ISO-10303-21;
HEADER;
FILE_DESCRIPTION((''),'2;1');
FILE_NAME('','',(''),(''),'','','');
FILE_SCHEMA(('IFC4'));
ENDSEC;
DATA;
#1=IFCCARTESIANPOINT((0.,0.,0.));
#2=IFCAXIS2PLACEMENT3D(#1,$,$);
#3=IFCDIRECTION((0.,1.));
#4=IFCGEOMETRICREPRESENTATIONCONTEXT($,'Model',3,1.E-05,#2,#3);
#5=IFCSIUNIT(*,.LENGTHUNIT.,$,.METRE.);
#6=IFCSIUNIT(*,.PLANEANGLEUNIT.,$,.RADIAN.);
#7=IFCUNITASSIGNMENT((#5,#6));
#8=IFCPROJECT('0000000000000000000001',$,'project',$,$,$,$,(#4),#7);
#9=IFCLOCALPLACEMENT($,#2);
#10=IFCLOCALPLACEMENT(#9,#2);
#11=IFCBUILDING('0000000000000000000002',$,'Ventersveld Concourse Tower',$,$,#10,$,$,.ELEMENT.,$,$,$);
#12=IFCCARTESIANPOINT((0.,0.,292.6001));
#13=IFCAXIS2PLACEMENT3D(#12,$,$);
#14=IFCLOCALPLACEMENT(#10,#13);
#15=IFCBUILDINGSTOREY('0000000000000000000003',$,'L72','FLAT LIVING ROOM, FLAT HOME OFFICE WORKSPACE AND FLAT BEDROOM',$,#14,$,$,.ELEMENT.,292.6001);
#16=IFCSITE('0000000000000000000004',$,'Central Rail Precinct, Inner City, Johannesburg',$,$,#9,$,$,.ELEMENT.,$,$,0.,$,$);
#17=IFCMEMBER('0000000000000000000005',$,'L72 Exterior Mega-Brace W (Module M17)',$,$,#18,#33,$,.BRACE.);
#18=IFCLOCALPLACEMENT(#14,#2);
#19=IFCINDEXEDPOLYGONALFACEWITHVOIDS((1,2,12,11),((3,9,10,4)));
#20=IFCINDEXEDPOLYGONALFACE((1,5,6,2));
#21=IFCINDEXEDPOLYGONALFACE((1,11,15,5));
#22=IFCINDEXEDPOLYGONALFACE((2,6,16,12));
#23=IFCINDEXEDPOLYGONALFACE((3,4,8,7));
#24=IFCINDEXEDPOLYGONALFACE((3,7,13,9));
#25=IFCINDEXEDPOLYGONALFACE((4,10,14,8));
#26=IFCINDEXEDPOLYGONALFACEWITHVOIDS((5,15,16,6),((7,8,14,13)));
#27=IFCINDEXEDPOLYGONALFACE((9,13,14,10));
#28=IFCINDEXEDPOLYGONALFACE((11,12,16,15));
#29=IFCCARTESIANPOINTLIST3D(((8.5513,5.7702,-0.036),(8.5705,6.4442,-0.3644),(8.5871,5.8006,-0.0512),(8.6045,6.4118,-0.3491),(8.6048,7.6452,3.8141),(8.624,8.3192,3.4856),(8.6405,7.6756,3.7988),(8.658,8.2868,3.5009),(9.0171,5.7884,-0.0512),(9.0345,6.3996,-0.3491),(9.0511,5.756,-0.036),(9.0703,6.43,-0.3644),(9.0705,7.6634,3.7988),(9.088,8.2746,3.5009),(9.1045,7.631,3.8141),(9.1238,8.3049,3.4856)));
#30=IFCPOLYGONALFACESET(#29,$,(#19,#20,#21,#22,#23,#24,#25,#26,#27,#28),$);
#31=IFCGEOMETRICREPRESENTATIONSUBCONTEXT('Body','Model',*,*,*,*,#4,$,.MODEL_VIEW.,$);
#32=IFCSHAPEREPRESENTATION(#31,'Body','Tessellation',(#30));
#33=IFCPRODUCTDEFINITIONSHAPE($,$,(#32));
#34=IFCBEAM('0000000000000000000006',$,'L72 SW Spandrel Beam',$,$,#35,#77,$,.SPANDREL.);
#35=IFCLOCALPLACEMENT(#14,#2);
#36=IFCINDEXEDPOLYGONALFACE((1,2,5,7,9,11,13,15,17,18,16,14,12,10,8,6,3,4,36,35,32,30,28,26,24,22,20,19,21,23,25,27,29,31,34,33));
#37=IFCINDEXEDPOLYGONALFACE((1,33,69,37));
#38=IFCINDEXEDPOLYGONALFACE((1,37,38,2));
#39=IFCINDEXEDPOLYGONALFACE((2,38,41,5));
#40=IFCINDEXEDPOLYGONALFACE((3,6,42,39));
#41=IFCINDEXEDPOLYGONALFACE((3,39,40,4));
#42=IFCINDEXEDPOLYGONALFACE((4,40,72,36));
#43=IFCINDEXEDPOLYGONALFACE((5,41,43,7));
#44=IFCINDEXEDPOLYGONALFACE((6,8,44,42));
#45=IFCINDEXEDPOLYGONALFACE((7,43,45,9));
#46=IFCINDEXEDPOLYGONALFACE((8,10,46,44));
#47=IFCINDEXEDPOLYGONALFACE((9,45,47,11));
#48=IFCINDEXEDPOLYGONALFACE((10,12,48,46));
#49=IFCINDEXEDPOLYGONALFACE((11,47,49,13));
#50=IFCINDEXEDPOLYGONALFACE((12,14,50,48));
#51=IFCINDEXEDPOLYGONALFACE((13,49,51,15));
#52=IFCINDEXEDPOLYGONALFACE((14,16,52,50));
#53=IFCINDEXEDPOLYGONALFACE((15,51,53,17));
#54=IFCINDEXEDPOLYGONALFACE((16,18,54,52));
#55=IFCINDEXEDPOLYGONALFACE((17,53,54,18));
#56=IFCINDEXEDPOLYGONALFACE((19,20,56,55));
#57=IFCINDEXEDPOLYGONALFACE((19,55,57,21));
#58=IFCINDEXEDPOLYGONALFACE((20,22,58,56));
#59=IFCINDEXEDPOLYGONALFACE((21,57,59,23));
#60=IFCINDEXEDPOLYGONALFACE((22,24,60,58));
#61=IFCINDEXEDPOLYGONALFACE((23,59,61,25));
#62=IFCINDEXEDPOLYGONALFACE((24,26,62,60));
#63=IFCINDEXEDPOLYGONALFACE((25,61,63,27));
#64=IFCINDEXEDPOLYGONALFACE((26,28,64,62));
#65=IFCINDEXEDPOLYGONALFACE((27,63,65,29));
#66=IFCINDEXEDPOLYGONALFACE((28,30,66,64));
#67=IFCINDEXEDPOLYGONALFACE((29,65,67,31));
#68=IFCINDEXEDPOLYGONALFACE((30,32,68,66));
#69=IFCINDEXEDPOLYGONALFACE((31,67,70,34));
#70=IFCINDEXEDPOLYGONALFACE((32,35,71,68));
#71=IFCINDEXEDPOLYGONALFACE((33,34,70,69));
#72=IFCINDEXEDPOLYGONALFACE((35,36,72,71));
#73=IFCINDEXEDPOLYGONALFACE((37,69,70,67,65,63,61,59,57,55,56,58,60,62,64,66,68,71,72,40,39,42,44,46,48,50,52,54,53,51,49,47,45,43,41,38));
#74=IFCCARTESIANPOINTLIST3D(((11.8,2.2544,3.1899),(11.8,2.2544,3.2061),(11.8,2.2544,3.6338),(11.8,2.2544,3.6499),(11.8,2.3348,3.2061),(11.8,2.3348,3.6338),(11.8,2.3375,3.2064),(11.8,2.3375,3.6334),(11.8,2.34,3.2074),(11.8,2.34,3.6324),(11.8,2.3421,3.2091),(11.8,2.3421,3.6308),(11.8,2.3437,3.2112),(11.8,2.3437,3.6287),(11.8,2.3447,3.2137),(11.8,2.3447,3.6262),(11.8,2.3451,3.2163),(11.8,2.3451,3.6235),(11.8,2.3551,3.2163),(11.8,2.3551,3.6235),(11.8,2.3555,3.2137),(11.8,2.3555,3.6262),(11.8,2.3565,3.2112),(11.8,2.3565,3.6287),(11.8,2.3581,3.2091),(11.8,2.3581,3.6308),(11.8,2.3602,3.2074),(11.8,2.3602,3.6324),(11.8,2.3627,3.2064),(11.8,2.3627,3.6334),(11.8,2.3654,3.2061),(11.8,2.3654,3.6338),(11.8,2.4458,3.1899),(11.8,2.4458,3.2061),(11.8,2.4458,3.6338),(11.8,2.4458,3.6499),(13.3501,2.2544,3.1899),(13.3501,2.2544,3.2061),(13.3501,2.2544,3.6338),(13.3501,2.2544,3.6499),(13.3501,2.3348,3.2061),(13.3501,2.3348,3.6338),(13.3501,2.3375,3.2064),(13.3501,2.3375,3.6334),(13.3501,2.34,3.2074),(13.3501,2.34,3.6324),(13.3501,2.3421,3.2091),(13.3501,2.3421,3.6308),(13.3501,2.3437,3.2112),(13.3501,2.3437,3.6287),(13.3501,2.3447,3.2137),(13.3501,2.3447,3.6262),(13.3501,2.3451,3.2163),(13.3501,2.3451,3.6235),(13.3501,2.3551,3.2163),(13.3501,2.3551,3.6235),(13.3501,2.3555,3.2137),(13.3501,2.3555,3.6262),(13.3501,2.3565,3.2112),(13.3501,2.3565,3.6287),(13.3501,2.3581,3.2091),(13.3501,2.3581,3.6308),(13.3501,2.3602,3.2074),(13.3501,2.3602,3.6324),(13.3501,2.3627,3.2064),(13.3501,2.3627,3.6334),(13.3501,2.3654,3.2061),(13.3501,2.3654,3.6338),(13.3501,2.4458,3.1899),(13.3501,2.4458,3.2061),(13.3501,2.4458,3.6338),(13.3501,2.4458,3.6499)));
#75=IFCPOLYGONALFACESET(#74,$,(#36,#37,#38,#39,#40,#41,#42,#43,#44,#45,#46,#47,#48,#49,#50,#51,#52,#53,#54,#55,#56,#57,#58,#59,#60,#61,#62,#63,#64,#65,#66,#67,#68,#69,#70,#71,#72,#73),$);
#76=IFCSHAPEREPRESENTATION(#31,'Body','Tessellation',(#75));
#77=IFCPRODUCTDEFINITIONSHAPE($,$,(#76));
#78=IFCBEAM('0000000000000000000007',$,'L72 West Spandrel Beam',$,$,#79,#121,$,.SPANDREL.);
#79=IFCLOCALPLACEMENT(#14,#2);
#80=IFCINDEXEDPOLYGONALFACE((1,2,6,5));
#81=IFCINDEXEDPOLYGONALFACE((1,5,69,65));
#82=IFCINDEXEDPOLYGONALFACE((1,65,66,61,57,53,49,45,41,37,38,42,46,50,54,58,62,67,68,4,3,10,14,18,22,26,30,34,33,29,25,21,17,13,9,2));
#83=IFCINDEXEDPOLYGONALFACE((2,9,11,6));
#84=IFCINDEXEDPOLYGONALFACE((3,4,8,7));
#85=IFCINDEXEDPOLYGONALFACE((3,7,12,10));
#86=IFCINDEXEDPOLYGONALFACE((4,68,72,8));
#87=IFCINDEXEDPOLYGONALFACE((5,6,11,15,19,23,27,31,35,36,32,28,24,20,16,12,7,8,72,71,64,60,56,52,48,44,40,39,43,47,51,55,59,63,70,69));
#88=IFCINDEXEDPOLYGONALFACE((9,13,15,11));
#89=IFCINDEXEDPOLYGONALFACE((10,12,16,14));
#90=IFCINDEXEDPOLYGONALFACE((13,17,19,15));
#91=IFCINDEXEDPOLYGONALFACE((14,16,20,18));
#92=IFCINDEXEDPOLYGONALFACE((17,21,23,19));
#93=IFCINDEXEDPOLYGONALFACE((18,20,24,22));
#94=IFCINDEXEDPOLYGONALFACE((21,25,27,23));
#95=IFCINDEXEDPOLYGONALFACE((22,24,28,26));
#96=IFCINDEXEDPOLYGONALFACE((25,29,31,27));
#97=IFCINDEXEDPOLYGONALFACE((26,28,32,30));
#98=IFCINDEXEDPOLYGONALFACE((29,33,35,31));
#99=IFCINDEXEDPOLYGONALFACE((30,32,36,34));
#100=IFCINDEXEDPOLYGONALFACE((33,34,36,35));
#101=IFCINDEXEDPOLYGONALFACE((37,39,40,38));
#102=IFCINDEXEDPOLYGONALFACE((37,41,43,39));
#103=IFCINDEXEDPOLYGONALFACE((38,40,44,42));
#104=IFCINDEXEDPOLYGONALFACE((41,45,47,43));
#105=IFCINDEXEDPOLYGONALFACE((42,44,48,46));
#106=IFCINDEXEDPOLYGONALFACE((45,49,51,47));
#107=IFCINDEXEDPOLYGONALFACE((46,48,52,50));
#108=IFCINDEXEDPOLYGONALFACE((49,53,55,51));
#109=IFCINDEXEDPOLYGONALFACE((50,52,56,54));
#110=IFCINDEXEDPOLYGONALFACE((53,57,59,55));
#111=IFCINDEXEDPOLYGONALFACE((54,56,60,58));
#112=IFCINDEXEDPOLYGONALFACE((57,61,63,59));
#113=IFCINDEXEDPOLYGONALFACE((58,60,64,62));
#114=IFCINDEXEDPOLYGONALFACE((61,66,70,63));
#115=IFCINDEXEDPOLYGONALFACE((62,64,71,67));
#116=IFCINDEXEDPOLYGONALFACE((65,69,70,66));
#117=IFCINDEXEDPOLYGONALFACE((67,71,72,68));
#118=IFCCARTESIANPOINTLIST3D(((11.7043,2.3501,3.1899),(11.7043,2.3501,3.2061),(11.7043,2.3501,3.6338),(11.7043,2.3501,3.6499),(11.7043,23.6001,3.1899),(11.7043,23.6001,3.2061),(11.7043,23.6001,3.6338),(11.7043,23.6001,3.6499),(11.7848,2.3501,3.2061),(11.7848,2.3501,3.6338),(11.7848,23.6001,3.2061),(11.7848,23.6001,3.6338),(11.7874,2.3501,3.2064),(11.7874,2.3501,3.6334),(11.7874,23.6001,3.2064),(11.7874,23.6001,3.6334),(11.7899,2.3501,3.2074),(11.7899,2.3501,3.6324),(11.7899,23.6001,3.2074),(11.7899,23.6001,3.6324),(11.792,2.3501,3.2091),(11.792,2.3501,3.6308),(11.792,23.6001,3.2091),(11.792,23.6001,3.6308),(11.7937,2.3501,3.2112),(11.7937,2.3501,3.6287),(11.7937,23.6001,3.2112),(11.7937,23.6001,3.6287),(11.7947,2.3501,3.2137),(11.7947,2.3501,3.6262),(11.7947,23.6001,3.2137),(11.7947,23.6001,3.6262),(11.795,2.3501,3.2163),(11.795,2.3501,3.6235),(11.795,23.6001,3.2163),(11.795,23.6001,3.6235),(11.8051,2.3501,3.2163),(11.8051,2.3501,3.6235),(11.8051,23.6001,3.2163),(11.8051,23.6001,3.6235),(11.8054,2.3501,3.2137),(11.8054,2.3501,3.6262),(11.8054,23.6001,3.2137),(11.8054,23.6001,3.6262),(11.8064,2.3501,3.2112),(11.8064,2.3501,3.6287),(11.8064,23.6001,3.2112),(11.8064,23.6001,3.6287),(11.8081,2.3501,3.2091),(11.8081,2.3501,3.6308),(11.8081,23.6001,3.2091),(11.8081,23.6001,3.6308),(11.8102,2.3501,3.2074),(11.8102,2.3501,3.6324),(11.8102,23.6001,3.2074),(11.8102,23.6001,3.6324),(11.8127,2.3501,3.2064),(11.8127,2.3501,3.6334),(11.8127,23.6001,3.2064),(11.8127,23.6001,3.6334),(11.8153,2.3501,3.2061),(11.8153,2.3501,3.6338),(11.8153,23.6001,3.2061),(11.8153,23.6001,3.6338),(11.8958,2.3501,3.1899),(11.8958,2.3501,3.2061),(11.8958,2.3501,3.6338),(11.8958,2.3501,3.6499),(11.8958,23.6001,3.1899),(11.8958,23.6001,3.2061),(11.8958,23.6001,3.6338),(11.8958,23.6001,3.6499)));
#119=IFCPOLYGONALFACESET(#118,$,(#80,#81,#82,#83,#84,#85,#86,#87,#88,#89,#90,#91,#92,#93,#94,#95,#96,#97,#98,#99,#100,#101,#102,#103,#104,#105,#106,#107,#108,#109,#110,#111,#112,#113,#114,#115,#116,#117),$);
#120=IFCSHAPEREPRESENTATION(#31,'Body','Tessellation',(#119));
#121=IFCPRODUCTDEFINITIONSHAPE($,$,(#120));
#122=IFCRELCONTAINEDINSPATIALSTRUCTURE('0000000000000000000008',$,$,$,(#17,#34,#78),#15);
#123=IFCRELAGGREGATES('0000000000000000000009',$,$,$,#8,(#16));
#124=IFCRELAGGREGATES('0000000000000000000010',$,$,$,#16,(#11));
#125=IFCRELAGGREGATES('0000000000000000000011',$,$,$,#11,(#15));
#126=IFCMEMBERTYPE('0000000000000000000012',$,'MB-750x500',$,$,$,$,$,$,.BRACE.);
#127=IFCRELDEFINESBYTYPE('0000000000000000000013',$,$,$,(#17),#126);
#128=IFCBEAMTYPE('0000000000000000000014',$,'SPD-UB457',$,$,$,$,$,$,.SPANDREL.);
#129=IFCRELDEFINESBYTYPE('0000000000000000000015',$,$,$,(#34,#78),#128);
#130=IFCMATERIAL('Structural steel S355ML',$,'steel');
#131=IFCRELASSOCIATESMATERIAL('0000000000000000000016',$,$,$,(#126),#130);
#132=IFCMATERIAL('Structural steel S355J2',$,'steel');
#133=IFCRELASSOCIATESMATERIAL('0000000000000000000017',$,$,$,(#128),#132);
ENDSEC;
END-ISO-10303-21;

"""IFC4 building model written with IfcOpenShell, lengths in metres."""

from ifc_helpers import new_model, si_unit, direction, frame, origin, origin_2d, place, context, subcontext, project, spatial, hollow_rectangle, i_section, extrude, material, material_profile, profile_set, type_object, element, save


model = new_model("IFC4")

# Units and contexts
model_context = context("Model", 3, precision=1e-05, world=origin(), true_north=direction((0.0, 1.0)))
body_context = subcontext(model_context, "Body", "Model", "MODEL_VIEW")
ifc_project = project(units=[si_unit("LENGTHUNIT", "METRE"), si_unit("PLANEANGLEUNIT", "RADIAN")], contexts=[model_context])

# Site, building, storey
site_placement = place(None, origin())
site = spatial("IfcSite", under=ifc_project, at=site_placement, Name="Central Rail Precinct, Inner City, Johannesburg", CompositionType="ELEMENT", RefElevation=0.0)
building_placement = place(site_placement, origin())
building = spatial("IfcBuilding", under=site, at=building_placement, Name="Ventersveld Concourse Tower", CompositionType="ELEMENT")
storey_placement = place(building_placement, frame((0.0, 0.0, 292.6001)))
storey = spatial("IfcBuildingStorey", under=building, at=storey_placement, Name="L72", Description="FLAT LIVING ROOM, FLAT HOME OFFICE WORKSPACE AND FLAT BEDROOM", CompositionType="ELEMENT", Elevation=292.6001)

# Shared definitions
ifc_material_1 = material(Name="Structural steel S355J2", Category="steel")

# Member
ifc_material_2 = material(Name="Structural steel S355ML", Category="steel")
ifc_material_profile_1 = material_profile(ifc_material_2, hollow_rectangle(XDim=0.5, YDim=0.75, WallThickness=0.0349, at=origin_2d()), Name="BOX 750x500x35")
ifc_profile_set_1 = profile_set([ifc_material_profile_1], Name="Structural steel S355ML")
member_type = type_object("IfcMemberType", Name="MB-750x500", PredefinedType="BRACE", material=ifc_profile_set_1)
member_placement = place(storey_placement, frame((8.8108, 6.1001, -0.2002), z_axis=(0.012484, 0.437805, 0.898983), x_axis=(-0.999594, 0.028504, 0.0)))
element("IfcMember", 1, at=member_placement, inside=storey, type_object=member_type, Name="L72 Exterior Mega-Brace W (Module M17)", PredefinedType="BRACE", context=body_context, shape_type="SweptSolid", body=[
    extrude(hollow_rectangle(XDim=0.5, YDim=0.75, WallThickness=0.0349, at=origin_2d()), origin(), (0.0, 0.0, 1.0), 4.2827),
])

# Beams
ifc_material_profile_2 = material_profile(ifc_material_1, i_section(OverallWidth=0.1914, OverallDepth=0.46, WebThickness=0.01, FlangeThickness=0.0161, FilletRadius=0.0103, at=origin_2d()), Name="UB 457x191x82")
ifc_profile_set_2 = profile_set([ifc_material_profile_2], Name="Structural steel S355J2")
beam_type_1 = type_object("IfcBeamType", Name="SPD-UB457", PredefinedType="SPANDREL", material=ifc_profile_set_2)
beam_1_placement = place(storey_placement, frame((11.8, 2.3501, 3.4199), z_axis=(1.0, 0.0, 0.0), x_axis=(0.0, 1.0, 0.0)))
element("IfcBeam", 2, at=beam_1_placement, inside=storey, type_object=beam_type_1, Name="L72 SW Spandrel Beam", PredefinedType="SPANDREL", context=body_context, shape_type="SweptSolid", body=[
    extrude(i_section(OverallWidth=0.1914, OverallDepth=0.46, WebThickness=0.01, FlangeThickness=0.0161, FilletRadius=0.0103, at=origin_2d()), origin(), (0.0, 0.0, 1.0), 1.55),
])
beam_2_placement = place(storey_placement, frame((11.8, 2.3501, 3.4199), z_axis=(0.0, 1.0, 0.0), x_axis=(-1.0, 0.0, 0.0)))
element("IfcBeam", 3, at=beam_2_placement, inside=storey, type_object=beam_type_1, Name="L72 West Spandrel Beam", PredefinedType="SPANDREL", context=body_context, shape_type="SweptSolid", body=[
    extrude(i_section(OverallWidth=0.1914, OverallDepth=0.46, WebThickness=0.01, FlangeThickness=0.0161, FilletRadius=0.0103, at=origin_2d()), origin(), (0.0, 0.0, 1.0), 21.25),
])

save(model, "model.ifc")
